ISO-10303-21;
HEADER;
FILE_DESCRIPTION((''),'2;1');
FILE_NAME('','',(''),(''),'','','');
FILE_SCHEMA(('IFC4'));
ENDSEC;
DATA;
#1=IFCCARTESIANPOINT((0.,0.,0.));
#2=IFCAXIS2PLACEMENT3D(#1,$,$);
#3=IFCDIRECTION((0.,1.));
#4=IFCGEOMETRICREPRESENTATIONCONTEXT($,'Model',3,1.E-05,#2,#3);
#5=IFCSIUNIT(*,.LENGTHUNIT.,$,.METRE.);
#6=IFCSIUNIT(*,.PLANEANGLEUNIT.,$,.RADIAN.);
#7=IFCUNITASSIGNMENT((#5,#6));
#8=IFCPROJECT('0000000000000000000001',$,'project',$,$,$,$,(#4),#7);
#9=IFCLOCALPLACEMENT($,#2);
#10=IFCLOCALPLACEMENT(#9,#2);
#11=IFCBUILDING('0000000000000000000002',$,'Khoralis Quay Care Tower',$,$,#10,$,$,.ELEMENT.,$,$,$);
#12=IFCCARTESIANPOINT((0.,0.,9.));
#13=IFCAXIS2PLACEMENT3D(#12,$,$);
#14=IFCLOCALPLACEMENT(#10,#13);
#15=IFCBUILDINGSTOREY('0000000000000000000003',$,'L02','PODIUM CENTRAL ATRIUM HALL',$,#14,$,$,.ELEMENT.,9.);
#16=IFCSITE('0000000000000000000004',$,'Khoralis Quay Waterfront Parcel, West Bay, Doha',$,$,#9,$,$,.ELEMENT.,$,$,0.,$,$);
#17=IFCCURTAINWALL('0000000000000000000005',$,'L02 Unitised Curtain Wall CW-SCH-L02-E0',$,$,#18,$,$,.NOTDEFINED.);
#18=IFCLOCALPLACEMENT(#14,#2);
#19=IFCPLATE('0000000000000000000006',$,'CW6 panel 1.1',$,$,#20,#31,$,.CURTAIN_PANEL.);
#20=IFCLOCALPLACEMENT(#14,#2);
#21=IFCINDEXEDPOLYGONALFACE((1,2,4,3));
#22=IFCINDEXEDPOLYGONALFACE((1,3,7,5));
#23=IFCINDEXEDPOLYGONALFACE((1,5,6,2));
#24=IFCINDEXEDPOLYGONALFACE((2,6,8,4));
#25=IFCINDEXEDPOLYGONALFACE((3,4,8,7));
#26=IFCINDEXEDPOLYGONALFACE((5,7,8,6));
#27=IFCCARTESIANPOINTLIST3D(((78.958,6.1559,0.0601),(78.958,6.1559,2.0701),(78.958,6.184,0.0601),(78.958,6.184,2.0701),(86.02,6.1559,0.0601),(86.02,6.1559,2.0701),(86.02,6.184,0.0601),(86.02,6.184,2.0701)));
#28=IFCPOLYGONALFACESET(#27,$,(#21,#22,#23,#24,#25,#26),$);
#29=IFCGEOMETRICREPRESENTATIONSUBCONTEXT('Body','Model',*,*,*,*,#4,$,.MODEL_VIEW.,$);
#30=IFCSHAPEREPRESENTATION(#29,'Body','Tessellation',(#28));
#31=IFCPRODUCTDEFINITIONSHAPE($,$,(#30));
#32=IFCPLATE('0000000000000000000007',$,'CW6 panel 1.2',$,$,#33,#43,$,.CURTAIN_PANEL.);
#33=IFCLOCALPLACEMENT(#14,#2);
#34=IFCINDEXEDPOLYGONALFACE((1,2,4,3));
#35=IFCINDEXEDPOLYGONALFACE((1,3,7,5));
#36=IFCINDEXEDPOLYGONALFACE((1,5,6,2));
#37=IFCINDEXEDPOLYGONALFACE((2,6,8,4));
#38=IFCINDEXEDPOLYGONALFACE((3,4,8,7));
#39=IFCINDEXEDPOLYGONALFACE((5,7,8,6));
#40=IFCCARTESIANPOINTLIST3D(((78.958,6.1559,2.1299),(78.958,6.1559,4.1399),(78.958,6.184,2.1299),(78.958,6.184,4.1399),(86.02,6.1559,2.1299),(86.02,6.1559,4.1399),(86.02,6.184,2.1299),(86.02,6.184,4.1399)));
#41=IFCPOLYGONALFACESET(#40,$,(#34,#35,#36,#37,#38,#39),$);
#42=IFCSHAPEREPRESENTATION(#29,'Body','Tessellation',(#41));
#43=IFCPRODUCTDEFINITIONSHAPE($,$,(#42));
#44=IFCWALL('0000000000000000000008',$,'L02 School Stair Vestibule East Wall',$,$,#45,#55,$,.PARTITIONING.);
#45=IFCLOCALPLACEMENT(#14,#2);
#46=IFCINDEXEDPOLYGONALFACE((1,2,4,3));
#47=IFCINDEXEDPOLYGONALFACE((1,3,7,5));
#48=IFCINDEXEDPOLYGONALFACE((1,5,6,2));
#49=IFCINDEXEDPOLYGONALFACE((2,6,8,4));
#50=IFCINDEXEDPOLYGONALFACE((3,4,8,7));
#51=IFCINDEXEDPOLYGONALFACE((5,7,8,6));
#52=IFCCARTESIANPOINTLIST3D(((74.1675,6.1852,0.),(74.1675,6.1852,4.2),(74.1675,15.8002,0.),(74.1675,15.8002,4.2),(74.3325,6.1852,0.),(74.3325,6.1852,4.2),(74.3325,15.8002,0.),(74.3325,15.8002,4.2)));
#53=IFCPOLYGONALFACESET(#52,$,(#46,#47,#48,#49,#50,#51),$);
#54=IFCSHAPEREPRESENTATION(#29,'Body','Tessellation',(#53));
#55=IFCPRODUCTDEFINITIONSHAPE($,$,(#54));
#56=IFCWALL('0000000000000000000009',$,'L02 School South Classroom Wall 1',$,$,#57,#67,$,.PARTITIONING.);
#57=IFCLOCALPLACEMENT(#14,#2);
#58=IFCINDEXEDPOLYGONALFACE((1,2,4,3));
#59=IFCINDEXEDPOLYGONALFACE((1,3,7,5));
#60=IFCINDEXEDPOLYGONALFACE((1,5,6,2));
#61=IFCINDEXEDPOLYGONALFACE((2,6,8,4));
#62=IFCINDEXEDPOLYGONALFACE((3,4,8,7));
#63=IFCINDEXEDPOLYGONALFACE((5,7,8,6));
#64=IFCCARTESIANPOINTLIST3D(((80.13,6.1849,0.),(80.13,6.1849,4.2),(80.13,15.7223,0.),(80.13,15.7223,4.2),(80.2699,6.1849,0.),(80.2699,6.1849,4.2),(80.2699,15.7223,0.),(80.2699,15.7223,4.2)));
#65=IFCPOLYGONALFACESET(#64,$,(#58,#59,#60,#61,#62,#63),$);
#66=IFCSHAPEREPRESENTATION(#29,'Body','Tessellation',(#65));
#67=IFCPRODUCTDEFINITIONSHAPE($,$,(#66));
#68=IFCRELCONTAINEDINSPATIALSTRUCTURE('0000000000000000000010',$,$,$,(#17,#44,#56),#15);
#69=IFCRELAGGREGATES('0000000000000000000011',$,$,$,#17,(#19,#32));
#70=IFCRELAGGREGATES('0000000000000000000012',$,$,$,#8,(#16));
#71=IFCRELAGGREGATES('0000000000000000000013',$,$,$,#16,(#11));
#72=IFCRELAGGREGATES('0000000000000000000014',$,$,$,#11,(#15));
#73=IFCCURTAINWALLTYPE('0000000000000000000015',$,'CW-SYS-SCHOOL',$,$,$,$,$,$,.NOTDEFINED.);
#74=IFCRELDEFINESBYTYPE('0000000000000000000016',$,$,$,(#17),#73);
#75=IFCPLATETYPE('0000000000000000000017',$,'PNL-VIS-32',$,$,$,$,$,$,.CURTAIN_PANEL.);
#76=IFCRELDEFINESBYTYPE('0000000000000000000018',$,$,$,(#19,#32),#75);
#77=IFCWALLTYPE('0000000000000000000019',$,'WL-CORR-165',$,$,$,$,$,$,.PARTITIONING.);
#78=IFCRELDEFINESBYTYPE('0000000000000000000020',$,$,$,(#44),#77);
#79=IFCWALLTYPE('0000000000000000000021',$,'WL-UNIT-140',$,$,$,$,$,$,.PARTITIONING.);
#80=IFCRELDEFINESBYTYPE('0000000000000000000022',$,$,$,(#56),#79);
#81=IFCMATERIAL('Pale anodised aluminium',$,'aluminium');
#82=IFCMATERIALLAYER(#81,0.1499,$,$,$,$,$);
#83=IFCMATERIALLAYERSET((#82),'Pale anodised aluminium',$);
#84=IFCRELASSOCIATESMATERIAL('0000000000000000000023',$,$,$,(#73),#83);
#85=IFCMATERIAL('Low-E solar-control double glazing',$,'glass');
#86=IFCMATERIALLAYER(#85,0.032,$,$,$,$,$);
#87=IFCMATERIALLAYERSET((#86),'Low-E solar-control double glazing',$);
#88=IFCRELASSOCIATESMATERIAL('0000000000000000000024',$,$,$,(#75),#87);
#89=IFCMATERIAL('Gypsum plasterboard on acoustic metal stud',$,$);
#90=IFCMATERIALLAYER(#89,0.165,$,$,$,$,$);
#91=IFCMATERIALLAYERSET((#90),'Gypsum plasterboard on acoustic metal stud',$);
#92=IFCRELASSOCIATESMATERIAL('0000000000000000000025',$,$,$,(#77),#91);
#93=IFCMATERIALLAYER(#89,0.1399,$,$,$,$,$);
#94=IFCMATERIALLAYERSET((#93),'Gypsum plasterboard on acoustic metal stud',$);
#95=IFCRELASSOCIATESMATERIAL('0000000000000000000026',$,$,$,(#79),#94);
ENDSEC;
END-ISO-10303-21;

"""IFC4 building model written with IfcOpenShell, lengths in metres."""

from ifc_helpers import new_model, si_unit, direction, frame, frame_2d, origin, origin_2d, place, context, subcontext, project, spatial, rectangle, extrude, source, transform, mapped, material, layer, layer_set, type_object, element, aggregate, save


model = new_model("IFC4")

# Units and contexts
model_context = context("Model", 3, precision=1e-05, world=origin(), true_north=direction((0.0, 1.0)))
body_context = subcontext(model_context, "Body", "Model", "MODEL_VIEW")
ifc_project = project(units=[si_unit("LENGTHUNIT", "METRE"), si_unit("PLANEANGLEUNIT", "RADIAN")], contexts=[model_context])

# Site, building, storey
site_placement = place(None, origin())
site = spatial("IfcSite", under=ifc_project, at=site_placement, Name="Khoralis Quay Waterfront Parcel, West Bay, Doha", CompositionType="ELEMENT", RefElevation=0.0)
building_placement = place(site_placement, origin())
building = spatial("IfcBuilding", under=site, at=building_placement, Name="Khoralis Quay Care Tower", CompositionType="ELEMENT")
storey_placement = place(building_placement, frame((0.0, 0.0, 9.0)))
storey = spatial("IfcBuildingStorey", under=building, at=storey_placement, Name="L02", Description="PODIUM CENTRAL ATRIUM HALL", CompositionType="ELEMENT", Elevation=9.0)

# Curtain wall, plates
ifc_material_1 = material(Name="Pale anodised aluminium", Category="aluminium")
ifc_layer_1 = layer(ifc_material_1, 0.1499)
ifc_layer_set_1 = layer_set([ifc_layer_1], Name="Pale anodised aluminium")
curtain_wall_type = type_object("IfcCurtainWallType", Name="CW-SYS-SCHOOL", PredefinedType="NOTDEFINED", material=ifc_layer_set_1)
curtain_wall_placement = place(storey_placement, origin())
curtain_wall = element("IfcCurtainWall", 1, at=curtain_wall_placement, inside=storey, type_object=curtain_wall_type, Name="L02 Unitised Curtain Wall CW-SCH-L02-E0", PredefinedType="NOTDEFINED")
ifc_material_2 = material(Name="Low-E solar-control double glazing", Category="glass")
ifc_layer_2 = layer(ifc_material_2, 0.032)
ifc_layer_set_2 = layer_set([ifc_layer_2], Name="Low-E solar-control double glazing")
plate_type = type_object("IfcPlateType", Name="PNL-VIS-32", PredefinedType="CURTAIN_PANEL", material=ifc_layer_set_2)
shared_shape_1 = source(origin(), body_context, "Body", "SweptSolid", [
    extrude(rectangle(XDim=7.062, YDim=0.0281, at=origin_2d()), origin(), (0.0, 0.0, 1.0), 2.01),
])
plate_1_placement = place(storey_placement, frame((82.489, 6.1699, 0.0601), z_axis=(0.0, 0.0, 1.0), x_axis=(1.0, 0.0, 0.0)))
plate_1 = element("IfcPlate", 2, at=plate_1_placement, type_object=plate_type, Name="CW6 panel 1.1", PredefinedType="CURTAIN_PANEL", context=body_context, shape_type="MappedRepresentation", body=[
    mapped(shared_shape_1, transform((0.0, 0.0, 0.0), scale=1.0)),
])
plate_2_placement = place(storey_placement, frame((82.489, 6.1699, 2.1299), z_axis=(0.0, 0.0, 1.0), x_axis=(1.0, 0.0, 0.0)))
plate_2 = element("IfcPlate", 3, at=plate_2_placement, type_object=plate_type, Name="CW6 panel 1.2", PredefinedType="CURTAIN_PANEL", context=body_context, shape_type="MappedRepresentation", body=[
    mapped(shared_shape_1, transform((0.0, 0.0, 0.0), scale=1.0)),
])
aggregate(curtain_wall, [plate_1, plate_2])

# Walls
ifc_material_3 = material(Name="Gypsum plasterboard on acoustic metal stud")
ifc_layer_3 = layer(ifc_material_3, 0.165)
ifc_layer_set_3 = layer_set([ifc_layer_3], Name="Gypsum plasterboard on acoustic metal stud")
wall_type_1 = type_object("IfcWallType", Name="WL-CORR-165", PredefinedType="PARTITIONING", material=ifc_layer_set_3)
wall_1_placement = place(storey_placement, frame((74.25, 6.1851, 0.0), z_axis=(0.0, 0.0, 1.0), x_axis=(0.0, 1.0, 0.0)))
element("IfcWall", 4, at=wall_1_placement, inside=storey, type_object=wall_type_1, Name="L02 School Stair Vestibule East Wall", PredefinedType="PARTITIONING", context=body_context, shape_type="SweptSolid", body=[
    extrude(rectangle(XDim=9.615, YDim=0.165, at=frame_2d((4.8076, 0.0))), origin(), (0.0, 0.0, 1.0), 4.2),
])
ifc_layer_4 = layer(ifc_material_3, 0.1399)
ifc_layer_set_4 = layer_set([ifc_layer_4], Name="Gypsum plasterboard on acoustic metal stud")
wall_type_2 = type_object("IfcWallType", Name="WL-UNIT-140", PredefinedType="PARTITIONING", material=ifc_layer_set_4)
wall_2_placement = place(storey_placement, frame((80.2, 6.1851, 0.0), z_axis=(0.0, 0.0, 1.0), x_axis=(0.0, 1.0, 0.0)))
element("IfcWall", 5, at=wall_2_placement, inside=storey, type_object=wall_type_2, Name="L02 School South Classroom Wall 1", PredefinedType="PARTITIONING", context=body_context, shape_type="SweptSolid", body=[
    extrude(rectangle(XDim=9.5374, YDim=0.1399, at=frame_2d((4.7686, 0.0))), origin(), (0.0, 0.0, 1.0), 4.2),
])

save(model, "model.ifc")
